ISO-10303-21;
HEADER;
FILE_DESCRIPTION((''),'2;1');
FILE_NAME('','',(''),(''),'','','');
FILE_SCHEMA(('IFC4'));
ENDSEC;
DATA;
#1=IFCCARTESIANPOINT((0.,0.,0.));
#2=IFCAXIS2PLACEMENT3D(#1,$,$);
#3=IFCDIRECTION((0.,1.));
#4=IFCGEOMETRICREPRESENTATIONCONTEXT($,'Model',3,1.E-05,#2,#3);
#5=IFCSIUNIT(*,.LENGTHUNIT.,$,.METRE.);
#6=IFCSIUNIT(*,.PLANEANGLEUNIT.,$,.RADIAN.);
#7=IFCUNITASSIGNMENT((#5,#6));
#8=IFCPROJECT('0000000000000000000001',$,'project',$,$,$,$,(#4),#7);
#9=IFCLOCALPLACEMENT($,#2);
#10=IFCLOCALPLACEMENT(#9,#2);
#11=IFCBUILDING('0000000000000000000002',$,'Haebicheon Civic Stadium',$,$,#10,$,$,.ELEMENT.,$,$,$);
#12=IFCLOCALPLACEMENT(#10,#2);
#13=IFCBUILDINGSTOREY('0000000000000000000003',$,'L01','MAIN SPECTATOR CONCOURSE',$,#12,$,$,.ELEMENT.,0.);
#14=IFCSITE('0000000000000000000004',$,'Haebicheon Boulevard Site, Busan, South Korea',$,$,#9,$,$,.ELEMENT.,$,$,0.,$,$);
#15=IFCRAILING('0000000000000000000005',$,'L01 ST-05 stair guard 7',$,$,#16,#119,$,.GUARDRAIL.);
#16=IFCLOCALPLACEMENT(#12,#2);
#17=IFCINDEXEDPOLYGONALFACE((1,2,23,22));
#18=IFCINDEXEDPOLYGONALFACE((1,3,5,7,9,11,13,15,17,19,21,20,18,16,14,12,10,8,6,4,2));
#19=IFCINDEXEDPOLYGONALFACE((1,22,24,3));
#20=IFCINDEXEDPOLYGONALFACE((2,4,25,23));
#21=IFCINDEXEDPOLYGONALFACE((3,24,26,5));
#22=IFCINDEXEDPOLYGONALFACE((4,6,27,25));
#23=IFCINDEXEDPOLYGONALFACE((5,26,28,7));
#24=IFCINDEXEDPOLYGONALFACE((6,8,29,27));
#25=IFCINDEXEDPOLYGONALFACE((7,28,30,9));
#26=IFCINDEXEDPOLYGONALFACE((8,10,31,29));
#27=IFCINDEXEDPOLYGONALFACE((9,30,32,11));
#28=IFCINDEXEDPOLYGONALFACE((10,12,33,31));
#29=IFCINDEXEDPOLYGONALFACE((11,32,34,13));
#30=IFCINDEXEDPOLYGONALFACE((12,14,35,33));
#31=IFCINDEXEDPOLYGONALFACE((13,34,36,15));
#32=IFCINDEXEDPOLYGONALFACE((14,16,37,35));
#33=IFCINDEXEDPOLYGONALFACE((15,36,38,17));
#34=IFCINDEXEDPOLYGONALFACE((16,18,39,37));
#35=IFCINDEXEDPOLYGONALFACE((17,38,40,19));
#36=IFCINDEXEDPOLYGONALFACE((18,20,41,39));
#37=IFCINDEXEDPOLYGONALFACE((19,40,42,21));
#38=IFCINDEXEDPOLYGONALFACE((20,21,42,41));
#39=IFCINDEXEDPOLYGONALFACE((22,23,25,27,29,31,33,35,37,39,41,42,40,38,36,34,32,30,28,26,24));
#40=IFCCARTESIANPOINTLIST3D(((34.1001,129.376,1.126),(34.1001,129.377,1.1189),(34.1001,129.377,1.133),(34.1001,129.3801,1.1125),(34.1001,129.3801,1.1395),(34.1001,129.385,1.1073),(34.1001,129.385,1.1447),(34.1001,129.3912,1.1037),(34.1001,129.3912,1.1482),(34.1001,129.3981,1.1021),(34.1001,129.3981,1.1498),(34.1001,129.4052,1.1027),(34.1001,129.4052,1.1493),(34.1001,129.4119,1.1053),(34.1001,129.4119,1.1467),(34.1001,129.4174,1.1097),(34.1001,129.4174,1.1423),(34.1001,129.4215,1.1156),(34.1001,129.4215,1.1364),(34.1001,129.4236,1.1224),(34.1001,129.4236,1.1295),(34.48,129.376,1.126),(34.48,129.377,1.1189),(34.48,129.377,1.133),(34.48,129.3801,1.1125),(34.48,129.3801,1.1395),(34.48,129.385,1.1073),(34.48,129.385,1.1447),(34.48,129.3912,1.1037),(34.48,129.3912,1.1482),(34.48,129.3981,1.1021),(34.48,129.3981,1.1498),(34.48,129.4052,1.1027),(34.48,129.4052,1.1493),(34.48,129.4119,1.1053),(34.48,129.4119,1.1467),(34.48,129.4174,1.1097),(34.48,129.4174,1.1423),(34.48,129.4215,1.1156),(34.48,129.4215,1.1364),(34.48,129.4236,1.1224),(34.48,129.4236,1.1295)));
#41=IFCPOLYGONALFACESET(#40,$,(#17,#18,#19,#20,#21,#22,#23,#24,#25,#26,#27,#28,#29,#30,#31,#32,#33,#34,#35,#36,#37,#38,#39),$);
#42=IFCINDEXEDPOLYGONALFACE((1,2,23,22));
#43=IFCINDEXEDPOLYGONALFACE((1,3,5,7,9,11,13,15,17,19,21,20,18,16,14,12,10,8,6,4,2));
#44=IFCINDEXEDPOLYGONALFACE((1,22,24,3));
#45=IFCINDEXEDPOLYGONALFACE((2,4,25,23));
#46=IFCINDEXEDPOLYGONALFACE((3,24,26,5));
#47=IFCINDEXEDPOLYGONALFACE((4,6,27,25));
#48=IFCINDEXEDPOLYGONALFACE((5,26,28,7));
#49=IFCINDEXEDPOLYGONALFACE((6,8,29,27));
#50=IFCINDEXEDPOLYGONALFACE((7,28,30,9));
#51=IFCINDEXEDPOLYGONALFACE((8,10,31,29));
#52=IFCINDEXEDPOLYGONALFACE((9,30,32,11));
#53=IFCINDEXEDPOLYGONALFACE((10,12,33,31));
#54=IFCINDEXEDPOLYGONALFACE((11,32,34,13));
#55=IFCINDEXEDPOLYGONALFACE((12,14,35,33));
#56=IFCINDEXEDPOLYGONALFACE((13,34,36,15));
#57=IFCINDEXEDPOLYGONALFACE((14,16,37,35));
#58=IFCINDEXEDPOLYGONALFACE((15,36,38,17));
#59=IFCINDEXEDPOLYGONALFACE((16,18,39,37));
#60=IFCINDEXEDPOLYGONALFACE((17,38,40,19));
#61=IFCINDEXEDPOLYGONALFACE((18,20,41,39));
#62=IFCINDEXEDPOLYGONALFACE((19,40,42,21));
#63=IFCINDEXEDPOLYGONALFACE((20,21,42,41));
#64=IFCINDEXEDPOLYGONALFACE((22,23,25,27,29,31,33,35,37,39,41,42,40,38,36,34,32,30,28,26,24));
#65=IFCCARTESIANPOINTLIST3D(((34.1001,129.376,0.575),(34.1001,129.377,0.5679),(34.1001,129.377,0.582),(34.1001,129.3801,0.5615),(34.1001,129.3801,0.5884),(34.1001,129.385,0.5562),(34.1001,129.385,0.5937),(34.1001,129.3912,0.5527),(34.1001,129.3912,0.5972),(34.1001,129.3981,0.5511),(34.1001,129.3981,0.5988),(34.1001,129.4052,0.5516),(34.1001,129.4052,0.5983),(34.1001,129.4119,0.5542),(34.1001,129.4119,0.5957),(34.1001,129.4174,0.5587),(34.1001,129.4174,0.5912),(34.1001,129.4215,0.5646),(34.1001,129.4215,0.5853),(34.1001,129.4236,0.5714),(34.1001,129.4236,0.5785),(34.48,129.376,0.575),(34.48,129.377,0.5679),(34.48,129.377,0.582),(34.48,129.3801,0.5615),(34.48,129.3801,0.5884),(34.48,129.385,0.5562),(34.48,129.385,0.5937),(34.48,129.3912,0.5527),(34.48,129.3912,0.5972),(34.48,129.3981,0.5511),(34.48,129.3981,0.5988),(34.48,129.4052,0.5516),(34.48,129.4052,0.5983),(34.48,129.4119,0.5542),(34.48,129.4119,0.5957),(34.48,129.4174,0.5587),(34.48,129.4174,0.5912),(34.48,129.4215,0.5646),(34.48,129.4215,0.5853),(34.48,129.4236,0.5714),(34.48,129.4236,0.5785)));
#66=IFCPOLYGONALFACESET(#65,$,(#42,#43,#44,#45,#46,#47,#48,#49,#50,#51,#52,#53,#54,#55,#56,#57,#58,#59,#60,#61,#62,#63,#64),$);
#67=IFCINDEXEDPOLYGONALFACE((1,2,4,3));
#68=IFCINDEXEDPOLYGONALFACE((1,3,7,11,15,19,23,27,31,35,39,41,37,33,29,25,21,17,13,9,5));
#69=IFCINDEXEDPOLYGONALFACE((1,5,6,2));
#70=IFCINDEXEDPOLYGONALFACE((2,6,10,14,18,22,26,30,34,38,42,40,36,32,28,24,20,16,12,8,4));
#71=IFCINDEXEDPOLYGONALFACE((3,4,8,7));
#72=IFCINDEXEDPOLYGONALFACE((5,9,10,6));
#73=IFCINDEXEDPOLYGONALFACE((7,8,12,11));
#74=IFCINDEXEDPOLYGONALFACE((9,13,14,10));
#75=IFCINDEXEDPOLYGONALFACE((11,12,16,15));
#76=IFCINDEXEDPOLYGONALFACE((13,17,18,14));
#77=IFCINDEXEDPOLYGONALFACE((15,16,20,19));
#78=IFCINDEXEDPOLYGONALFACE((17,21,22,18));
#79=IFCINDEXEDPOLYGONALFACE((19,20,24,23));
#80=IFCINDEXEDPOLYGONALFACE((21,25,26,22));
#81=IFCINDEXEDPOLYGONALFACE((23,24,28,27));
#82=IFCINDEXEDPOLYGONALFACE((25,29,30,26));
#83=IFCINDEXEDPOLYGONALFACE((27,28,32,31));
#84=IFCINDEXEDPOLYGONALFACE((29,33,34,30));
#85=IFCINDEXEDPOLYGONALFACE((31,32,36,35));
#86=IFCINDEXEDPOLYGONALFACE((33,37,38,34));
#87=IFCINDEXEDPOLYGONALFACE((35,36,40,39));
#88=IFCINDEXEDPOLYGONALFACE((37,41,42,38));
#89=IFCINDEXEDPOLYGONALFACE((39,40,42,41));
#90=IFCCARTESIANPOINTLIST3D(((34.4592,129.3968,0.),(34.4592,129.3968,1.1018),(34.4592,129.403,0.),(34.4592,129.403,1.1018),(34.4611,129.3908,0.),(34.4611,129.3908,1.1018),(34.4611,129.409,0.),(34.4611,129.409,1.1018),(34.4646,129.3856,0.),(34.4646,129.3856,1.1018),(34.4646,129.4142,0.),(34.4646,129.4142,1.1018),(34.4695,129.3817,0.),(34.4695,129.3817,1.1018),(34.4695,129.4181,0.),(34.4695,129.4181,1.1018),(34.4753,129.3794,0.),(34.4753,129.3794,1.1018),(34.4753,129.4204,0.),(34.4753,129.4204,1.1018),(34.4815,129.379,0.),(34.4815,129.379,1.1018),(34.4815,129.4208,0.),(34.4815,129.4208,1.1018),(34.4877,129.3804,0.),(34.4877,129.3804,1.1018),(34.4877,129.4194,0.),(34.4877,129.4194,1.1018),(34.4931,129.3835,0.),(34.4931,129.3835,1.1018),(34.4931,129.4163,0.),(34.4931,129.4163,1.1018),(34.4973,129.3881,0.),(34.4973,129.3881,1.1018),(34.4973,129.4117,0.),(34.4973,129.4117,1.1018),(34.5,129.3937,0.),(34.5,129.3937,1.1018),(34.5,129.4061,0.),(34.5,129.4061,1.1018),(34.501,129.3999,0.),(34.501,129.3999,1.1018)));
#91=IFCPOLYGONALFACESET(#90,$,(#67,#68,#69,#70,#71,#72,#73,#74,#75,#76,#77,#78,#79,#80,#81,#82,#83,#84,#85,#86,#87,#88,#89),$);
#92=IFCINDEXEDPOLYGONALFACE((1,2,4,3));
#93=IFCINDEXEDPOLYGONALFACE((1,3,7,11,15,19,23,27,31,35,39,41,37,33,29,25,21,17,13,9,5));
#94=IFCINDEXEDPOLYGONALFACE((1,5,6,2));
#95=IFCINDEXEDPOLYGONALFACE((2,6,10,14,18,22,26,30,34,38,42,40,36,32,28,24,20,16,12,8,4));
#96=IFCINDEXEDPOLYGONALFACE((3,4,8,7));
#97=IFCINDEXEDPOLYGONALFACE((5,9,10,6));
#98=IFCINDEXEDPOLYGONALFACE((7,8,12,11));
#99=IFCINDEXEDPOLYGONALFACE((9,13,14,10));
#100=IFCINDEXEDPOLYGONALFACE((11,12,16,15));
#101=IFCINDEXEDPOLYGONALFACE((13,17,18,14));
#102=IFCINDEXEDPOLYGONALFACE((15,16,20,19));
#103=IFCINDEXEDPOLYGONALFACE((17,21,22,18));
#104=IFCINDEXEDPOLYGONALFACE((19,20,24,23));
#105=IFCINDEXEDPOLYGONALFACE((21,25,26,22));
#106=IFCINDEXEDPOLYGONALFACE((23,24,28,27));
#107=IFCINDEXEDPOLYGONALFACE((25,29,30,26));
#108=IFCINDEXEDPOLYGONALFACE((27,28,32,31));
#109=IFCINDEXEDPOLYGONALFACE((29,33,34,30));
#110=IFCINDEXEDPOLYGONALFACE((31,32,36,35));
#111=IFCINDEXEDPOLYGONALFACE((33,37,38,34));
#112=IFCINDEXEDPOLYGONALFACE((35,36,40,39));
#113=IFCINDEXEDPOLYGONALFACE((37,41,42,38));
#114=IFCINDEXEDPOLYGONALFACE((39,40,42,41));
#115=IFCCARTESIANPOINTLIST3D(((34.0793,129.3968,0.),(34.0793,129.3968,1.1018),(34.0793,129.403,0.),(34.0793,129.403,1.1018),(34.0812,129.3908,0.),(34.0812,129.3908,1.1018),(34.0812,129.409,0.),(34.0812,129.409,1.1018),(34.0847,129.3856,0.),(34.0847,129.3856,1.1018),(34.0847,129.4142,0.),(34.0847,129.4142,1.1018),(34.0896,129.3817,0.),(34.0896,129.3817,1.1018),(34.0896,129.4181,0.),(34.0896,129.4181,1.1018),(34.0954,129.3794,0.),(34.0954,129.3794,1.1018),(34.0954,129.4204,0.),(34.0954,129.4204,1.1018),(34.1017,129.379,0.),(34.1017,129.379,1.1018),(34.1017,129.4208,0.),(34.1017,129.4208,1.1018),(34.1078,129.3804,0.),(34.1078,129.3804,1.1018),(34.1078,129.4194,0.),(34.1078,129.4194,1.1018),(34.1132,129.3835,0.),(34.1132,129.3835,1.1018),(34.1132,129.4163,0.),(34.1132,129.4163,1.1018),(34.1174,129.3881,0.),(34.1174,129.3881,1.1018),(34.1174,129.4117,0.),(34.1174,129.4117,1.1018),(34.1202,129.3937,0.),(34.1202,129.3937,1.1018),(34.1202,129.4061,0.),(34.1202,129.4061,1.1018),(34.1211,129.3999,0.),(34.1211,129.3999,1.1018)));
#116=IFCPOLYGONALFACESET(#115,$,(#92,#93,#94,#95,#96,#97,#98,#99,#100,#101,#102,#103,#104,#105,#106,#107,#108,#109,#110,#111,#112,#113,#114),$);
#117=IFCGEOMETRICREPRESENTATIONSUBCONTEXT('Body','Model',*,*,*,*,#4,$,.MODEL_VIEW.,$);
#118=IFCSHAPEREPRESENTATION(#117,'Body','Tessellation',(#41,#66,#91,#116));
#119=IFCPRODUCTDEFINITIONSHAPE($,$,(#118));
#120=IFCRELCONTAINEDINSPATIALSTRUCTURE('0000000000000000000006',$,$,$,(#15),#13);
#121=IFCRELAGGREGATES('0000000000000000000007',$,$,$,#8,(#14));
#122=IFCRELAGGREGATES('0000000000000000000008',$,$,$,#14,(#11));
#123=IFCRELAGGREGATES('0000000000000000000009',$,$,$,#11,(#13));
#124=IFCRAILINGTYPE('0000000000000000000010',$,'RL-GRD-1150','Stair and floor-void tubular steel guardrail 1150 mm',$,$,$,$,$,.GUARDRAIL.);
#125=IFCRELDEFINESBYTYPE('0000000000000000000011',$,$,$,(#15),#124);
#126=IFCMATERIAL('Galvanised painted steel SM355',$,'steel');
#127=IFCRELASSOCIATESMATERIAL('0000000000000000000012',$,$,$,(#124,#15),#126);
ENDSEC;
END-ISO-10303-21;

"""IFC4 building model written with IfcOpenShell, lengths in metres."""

from ifc_helpers import new_model, si_unit, direction, frame, origin, origin_2d, place, context, subcontext, project, spatial, circle, extrude, material, type_object, element, save


model = new_model("IFC4")

# Units and contexts
model_context = context("Model", 3, precision=1e-05, world=origin(), true_north=direction((0.0, 1.0)))
body_context = subcontext(model_context, "Body", "Model", "MODEL_VIEW")
ifc_project = project(units=[si_unit("LENGTHUNIT", "METRE"), si_unit("PLANEANGLEUNIT", "RADIAN")], contexts=[model_context])

# Site, building, storey
site_placement = place(None, origin())
site = spatial("IfcSite", under=ifc_project, at=site_placement, Name="Haebicheon Boulevard Site, Busan, South Korea", CompositionType="ELEMENT", RefElevation=0.0)
building_placement = place(site_placement, origin())
building = spatial("IfcBuilding", under=site, at=building_placement, Name="Haebicheon Civic Stadium", CompositionType="ELEMENT")
storey_placement = place(building_placement, origin())
storey = spatial("IfcBuildingStorey", under=building, at=storey_placement, Name="L01", Description="MAIN SPECTATOR CONCOURSE", CompositionType="ELEMENT", Elevation=0.0)

# Railing
ifc_material_1 = material(Name="Galvanised painted steel SM355", Category="steel")
railing_type_1 = type_object("IfcRailingType", Name="RL-GRD-1150", Description="Stair and floor-void tubular steel guardrail 1150 mm", PredefinedType="GUARDRAIL", material=ifc_material_1)
railing_1_placement = place(storey_placement, frame((34.48, 129.3999, 0.0)))
element("IfcRailing", 1, at=railing_1_placement, inside=storey, type_object=railing_type_1, material=ifc_material_1, Name="L01 ST-05 stair guard 7", PredefinedType="GUARDRAIL", context=body_context, shape_type="SweptSolid", body=[
    extrude(circle(Radius=0.0239, at=origin_2d()), frame((0.0, 0.0, 1.126), z_axis=(-1.0, 0.0, 0.0), x_axis=(0.0, -1.0, 0.0)), (0.0, 0.0, 1.0), 0.3799),
    extrude(circle(Radius=0.0239, at=origin_2d()), frame((0.0, 0.0, 0.575), z_axis=(-1.0, 0.0, 0.0), x_axis=(0.0, -1.0, 0.0)), (0.0, 0.0, 1.0), 0.3799),
    extrude(circle(Radius=0.021, at=origin_2d()), origin(), (0.0, 0.0, 1.0), 1.1018),
    extrude(circle(Radius=0.021, at=origin_2d()), frame((-0.3799, 0.0, 0.0)), (0.0, 0.0, 1.0), 1.1018),
])

save(model, "model.ifc")
